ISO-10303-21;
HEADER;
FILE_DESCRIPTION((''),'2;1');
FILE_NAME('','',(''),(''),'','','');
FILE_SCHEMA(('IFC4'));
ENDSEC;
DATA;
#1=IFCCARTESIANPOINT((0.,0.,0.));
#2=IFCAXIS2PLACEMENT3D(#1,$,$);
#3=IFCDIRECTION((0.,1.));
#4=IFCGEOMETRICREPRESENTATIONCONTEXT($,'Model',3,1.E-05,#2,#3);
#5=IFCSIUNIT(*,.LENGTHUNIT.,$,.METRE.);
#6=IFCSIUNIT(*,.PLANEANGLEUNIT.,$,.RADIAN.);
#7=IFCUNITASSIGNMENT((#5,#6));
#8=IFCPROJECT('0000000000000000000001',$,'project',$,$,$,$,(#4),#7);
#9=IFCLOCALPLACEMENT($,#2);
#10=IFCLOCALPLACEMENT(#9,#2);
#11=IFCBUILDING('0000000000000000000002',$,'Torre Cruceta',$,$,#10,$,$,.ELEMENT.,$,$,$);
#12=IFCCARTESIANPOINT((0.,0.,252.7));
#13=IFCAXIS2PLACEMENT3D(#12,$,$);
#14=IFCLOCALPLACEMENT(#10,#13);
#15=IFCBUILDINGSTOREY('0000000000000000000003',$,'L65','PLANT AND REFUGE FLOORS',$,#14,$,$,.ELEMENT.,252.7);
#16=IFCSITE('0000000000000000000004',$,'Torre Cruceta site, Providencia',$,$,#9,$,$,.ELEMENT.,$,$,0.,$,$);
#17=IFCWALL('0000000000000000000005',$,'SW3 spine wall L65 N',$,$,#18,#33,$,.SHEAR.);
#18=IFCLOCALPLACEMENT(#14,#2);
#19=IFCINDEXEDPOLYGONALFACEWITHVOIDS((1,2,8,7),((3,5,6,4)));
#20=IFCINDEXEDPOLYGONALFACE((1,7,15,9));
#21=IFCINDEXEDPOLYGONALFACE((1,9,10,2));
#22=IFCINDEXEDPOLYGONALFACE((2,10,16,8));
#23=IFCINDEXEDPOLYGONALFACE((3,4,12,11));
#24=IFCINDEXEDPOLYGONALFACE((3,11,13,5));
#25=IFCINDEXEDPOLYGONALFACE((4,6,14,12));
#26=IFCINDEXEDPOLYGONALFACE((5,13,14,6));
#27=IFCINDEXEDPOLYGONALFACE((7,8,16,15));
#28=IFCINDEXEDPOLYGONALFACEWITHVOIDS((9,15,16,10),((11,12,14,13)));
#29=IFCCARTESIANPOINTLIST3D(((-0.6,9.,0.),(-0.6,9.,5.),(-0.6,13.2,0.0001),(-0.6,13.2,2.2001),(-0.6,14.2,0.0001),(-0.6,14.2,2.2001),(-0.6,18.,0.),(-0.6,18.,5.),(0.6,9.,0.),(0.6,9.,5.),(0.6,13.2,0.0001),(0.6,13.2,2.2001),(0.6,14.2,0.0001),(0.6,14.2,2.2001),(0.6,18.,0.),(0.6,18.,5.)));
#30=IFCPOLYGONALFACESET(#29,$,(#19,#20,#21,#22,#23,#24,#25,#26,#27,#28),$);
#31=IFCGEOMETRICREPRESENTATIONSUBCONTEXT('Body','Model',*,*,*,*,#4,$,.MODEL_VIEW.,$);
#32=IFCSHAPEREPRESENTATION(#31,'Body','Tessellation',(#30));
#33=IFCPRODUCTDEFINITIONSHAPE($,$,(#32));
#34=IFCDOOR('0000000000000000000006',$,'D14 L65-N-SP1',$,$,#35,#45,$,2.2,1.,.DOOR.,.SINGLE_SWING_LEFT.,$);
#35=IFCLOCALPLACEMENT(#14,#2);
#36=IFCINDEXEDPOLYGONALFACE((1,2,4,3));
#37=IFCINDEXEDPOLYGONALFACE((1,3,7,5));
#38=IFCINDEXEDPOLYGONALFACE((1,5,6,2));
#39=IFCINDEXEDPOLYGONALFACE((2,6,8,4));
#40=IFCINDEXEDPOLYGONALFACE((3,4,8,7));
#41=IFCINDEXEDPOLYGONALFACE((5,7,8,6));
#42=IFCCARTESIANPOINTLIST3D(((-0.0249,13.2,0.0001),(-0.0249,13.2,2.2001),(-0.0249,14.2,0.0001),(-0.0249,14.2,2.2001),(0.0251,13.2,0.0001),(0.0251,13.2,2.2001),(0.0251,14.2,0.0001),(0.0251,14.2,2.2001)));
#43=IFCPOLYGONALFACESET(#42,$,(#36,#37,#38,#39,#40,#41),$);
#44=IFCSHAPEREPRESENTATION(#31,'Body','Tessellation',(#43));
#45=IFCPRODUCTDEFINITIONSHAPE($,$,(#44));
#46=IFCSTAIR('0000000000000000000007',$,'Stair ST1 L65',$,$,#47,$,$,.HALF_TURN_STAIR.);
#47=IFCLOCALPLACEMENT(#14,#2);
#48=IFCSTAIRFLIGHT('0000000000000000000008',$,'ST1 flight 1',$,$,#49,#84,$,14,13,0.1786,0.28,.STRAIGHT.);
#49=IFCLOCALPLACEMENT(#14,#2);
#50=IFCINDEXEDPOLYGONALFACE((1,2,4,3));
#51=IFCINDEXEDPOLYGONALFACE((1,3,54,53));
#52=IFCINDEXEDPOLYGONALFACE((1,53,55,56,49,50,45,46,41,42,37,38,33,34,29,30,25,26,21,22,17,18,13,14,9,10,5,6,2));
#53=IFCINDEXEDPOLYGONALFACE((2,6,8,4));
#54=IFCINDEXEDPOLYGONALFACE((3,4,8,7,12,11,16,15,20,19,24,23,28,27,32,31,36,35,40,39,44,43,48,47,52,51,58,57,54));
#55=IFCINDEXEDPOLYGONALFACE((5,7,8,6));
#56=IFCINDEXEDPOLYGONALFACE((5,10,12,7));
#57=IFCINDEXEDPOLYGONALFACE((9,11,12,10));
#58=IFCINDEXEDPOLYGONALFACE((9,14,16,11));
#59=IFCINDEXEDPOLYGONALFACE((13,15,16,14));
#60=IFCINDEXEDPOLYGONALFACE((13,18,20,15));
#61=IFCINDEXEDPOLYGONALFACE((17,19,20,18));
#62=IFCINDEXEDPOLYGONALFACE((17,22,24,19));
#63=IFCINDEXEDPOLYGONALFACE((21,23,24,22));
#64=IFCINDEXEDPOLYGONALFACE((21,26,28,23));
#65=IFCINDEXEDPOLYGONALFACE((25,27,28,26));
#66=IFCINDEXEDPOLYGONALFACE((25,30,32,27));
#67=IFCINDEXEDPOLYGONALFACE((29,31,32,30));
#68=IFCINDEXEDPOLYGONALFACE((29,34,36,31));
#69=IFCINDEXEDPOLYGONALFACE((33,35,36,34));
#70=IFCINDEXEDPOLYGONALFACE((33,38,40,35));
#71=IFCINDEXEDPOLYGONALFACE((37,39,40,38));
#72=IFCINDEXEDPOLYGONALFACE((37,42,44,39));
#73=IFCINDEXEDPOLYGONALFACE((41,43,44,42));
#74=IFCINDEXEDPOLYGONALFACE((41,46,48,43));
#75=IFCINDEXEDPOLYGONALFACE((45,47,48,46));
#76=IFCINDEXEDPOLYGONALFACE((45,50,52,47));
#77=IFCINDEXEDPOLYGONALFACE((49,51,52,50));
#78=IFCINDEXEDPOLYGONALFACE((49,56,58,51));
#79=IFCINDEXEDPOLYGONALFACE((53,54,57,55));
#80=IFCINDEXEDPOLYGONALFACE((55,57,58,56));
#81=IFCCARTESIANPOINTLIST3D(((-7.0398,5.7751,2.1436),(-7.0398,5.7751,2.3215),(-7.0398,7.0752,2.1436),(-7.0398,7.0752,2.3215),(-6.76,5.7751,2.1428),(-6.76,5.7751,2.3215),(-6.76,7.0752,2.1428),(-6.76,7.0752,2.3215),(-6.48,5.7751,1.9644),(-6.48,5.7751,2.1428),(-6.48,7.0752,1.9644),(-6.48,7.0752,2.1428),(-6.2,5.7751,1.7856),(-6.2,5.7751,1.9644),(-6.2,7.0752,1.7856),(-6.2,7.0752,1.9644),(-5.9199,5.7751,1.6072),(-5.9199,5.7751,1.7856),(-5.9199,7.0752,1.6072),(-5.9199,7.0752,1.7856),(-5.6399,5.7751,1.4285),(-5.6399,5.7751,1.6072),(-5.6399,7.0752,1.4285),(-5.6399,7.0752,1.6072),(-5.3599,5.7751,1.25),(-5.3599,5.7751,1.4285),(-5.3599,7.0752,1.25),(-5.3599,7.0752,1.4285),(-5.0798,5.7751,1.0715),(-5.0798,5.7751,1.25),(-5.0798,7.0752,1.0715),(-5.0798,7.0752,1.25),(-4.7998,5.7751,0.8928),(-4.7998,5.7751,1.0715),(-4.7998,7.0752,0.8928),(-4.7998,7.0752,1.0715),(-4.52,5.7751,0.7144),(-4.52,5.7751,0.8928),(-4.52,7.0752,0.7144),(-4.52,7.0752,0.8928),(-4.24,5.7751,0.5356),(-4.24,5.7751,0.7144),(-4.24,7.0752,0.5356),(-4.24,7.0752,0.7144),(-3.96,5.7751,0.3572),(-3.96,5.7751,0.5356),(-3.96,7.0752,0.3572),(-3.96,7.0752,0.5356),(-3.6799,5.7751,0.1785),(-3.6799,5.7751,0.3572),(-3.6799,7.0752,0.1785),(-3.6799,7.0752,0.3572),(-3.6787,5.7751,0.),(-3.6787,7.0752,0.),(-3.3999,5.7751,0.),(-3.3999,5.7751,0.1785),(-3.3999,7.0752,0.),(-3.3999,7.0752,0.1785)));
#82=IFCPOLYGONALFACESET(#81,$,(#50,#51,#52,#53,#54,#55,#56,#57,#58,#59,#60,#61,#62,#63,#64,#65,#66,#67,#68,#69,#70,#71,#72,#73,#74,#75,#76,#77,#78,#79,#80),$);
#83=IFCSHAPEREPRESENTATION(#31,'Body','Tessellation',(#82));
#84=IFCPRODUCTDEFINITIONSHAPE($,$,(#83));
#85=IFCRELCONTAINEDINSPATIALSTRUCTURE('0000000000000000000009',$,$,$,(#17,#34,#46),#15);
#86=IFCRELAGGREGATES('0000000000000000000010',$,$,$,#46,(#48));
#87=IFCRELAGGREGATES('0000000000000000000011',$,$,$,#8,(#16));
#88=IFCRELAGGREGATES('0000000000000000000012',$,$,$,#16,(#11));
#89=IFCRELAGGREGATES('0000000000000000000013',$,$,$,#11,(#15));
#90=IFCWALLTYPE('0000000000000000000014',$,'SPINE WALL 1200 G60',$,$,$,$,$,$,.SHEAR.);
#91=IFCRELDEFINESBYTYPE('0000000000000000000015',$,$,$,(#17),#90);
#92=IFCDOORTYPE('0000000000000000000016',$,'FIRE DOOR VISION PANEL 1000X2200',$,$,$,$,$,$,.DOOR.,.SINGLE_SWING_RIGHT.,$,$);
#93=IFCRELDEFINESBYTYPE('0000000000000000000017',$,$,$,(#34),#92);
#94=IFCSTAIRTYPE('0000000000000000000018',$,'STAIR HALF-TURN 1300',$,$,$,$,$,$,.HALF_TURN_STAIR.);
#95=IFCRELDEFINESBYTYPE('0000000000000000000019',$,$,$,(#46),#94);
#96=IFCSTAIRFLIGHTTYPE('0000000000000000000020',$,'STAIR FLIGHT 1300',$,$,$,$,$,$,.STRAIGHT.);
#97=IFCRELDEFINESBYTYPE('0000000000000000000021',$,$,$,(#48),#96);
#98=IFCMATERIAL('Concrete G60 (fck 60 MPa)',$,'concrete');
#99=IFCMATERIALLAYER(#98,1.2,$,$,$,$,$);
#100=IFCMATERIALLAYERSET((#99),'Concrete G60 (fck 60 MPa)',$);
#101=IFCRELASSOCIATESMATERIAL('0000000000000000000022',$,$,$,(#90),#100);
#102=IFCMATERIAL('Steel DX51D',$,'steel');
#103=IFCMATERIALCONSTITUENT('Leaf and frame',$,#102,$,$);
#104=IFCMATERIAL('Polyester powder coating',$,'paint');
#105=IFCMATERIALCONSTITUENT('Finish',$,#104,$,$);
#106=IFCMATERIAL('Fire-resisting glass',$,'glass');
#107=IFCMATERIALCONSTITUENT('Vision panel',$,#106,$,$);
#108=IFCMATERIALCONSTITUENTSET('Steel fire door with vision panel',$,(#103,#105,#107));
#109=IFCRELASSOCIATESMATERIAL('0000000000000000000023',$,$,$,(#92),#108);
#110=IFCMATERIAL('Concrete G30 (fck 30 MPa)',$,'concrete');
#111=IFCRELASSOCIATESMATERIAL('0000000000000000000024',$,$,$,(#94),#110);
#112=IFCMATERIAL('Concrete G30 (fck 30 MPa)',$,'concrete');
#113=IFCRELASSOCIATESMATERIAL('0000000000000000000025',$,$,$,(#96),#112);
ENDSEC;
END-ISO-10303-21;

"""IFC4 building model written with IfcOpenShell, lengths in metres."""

from ifc_helpers import new_model, si_unit, direction, frame, frame_2d, origin, place, context, subcontext, project, spatial, polyline, rectangle, outline, extrude, material, layer, layer_set, constituent, constituent_set, type_object, element, fill, aggregate, save


model = new_model("IFC4")

# Units and contexts
model_context = context("Model", 3, precision=1e-05, world=origin(), true_north=direction((0.0, 1.0)))
body_context = subcontext(model_context, "Body", "Model", "MODEL_VIEW")
ifc_project = project(units=[si_unit("LENGTHUNIT", "METRE"), si_unit("PLANEANGLEUNIT", "RADIAN")], contexts=[model_context])

# Site, building, storey
site_placement = place(None, origin())
site = spatial("IfcSite", under=ifc_project, at=site_placement, Name="Torre Cruceta site, Providencia", CompositionType="ELEMENT", RefElevation=0.0)
building_placement = place(site_placement, origin())
building = spatial("IfcBuilding", under=site, at=building_placement, Name="Torre Cruceta", CompositionType="ELEMENT")
storey_placement = place(building_placement, frame((0.0, 0.0, 252.7)))
storey = spatial("IfcBuildingStorey", under=building, at=storey_placement, Name="L65", Description="PLANT AND REFUGE FLOORS", CompositionType="ELEMENT", Elevation=252.7)

# Wall, opening, door
ifc_material_1 = material(Name="Concrete G60 (fck 60 MPa)", Category="concrete")
ifc_layer_1 = layer(ifc_material_1, 1.2)
ifc_layer_set_1 = layer_set([ifc_layer_1], Name="Concrete G60 (fck 60 MPa)")
wall_type_1 = type_object("IfcWallType", Name="SPINE WALL 1200 G60", PredefinedType="SHEAR", material=ifc_layer_set_1)
wall_1_placement = place(storey_placement, frame((0.0, 9.0, 0.0), z_axis=(0.0, 0.0, 1.0), x_axis=(0.0, 1.0, 0.0)))
wall_1 = element("IfcWall", 1, at=wall_1_placement, inside=storey, type_object=wall_type_1, Name="SW3 spine wall L65 N", PredefinedType="SHEAR", context=body_context, shape_type="SweptSolid", body=[
    extrude(rectangle(XDim=9.0, YDim=1.2, at=frame_2d((4.5, 0.0))), origin(), (0.0, 0.0, 1.0), 5.0),
])
opening_1_placement = place(wall_1_placement, frame((4.2, 0.0, 0.0)))
opening_1 = element("IfcOpeningElement", 2, at=opening_1_placement, cuts=wall_1, PredefinedType="OPENING", context=body_context, shape_type="SweptSolid", body=[
    extrude(rectangle(XDim=1.0, YDim=2.2, at=frame_2d((0.5, 1.1001))), frame((0.0, 0.6099, 0.0), z_axis=(0.0, -1.0, 0.0), x_axis=(1.0, 0.0, 0.0)), (0.0, 0.0, 1.0), 1.22),
])
ifc_material_2 = material(Name="Steel DX51D", Category="steel")
ifc_constituent_1 = constituent(ifc_material_2, Name="Leaf and frame")
ifc_material_3 = material(Name="Polyester powder coating", Category="paint")
ifc_constituent_2 = constituent(ifc_material_3, Name="Finish")
ifc_material_4 = material(Name="Fire-resisting glass", Category="glass")
ifc_constituent_3 = constituent(ifc_material_4, Name="Vision panel")
ifc_constituent_set_1 = constituent_set(constituents=[ifc_constituent_1, ifc_constituent_2, ifc_constituent_3], Name="Steel fire door with vision panel")
door_type_1 = type_object("IfcDoorType", Name="FIRE DOOR VISION PANEL 1000X2200", OperationType="SINGLE_SWING_RIGHT", PredefinedType="DOOR", material=ifc_constituent_set_1)
door_1_placement = place(opening_1_placement, frame((1.0, 0.0, 0.0), z_axis=(0.0, 0.0, 1.0), x_axis=(-1.0, 0.0, 0.0)))
door_1 = element("IfcDoor", 3, at=door_1_placement, inside=storey, type_object=door_type_1, Name="D14 L65-N-SP1", OperationType="SINGLE_SWING_LEFT", OverallHeight=2.2, OverallWidth=1.0, PredefinedType="DOOR", context=body_context, shape_type="SweptSolid", body=[
    extrude(rectangle(XDim=1.0, YDim=2.2, at=frame_2d((0.5, 1.1001))), frame((0.0, 0.0251, 0.0), z_axis=(0.0, -1.0, 0.0), x_axis=(1.0, 0.0, 0.0)), (0.0, 0.0, 1.0), 0.05),
])
fill(opening_1, door_1)

# Stair, stair flight
ifc_material_5 = material(Name="Concrete G30 (fck 30 MPa)", Category="concrete")
stair_type = type_object("IfcStairType", Name="STAIR HALF-TURN 1300", PredefinedType="HALF_TURN_STAIR", material=ifc_material_5)
stair_placement = place(storey_placement, origin())
stair = element("IfcStair", 4, at=stair_placement, inside=storey, type_object=stair_type, Name="Stair ST1 L65", PredefinedType="HALF_TURN_STAIR")
ifc_material_6 = material(Name="Concrete G30 (fck 30 MPa)", Category="concrete")
stair_flight_type = type_object("IfcStairFlightType", Name="STAIR FLIGHT 1300", PredefinedType="STRAIGHT", material=ifc_material_6)
stair_flight_placement = place(storey_placement, frame((-3.3999, 6.425, 0.0), z_axis=(0.0, 0.0, 1.0), x_axis=(-1.0, 0.0, 0.0)))
stair_flight = element("IfcStairFlight", 5, at=stair_flight_placement, type_object=stair_flight_type, Name="ST1 flight 1", NumberOfRisers=14, NumberOfTreads=13, PredefinedType="STRAIGHT", RiserHeight=0.1786, TreadLength=0.28, context=body_context, shape_type="SweptSolid", body=[
    extrude(outline(polyline([(0.0, 0.0), (0.0, 0.1785), (0.28, 0.1785), (0.28, 0.3572), (0.5601, 0.3572), (0.5601, 0.5356), (0.8401, 0.5356), (0.8401, 0.7144), (1.1201, 0.7144), (1.1201, 0.8928), (1.3999, 0.8928), (1.3999, 1.0715), (1.6799, 1.0715), (1.6799, 1.25), (1.96, 1.25), (1.96, 1.4285), (2.24, 1.4285), (2.24, 1.6072), (2.52, 1.6072), (2.52, 1.7856), (2.8, 1.7856), (2.8, 1.9644), (3.0801, 1.9644), (3.0801, 2.1428), (3.3601, 2.1428), (3.3601, 2.3215), (3.6399, 2.3215), (3.6399, 2.5), (3.6399, 2.1436), (0.2788, 0.0), (0.0, 0.0)])), frame((0.0, 0.6499, 0.0), z_axis=(0.0, -1.0, 0.0), x_axis=(1.0, 0.0, 0.0)), (0.0, 0.0, 1.0), 1.3),
])
aggregate(stair, [stair_flight])

save(model, "model.ifc")
